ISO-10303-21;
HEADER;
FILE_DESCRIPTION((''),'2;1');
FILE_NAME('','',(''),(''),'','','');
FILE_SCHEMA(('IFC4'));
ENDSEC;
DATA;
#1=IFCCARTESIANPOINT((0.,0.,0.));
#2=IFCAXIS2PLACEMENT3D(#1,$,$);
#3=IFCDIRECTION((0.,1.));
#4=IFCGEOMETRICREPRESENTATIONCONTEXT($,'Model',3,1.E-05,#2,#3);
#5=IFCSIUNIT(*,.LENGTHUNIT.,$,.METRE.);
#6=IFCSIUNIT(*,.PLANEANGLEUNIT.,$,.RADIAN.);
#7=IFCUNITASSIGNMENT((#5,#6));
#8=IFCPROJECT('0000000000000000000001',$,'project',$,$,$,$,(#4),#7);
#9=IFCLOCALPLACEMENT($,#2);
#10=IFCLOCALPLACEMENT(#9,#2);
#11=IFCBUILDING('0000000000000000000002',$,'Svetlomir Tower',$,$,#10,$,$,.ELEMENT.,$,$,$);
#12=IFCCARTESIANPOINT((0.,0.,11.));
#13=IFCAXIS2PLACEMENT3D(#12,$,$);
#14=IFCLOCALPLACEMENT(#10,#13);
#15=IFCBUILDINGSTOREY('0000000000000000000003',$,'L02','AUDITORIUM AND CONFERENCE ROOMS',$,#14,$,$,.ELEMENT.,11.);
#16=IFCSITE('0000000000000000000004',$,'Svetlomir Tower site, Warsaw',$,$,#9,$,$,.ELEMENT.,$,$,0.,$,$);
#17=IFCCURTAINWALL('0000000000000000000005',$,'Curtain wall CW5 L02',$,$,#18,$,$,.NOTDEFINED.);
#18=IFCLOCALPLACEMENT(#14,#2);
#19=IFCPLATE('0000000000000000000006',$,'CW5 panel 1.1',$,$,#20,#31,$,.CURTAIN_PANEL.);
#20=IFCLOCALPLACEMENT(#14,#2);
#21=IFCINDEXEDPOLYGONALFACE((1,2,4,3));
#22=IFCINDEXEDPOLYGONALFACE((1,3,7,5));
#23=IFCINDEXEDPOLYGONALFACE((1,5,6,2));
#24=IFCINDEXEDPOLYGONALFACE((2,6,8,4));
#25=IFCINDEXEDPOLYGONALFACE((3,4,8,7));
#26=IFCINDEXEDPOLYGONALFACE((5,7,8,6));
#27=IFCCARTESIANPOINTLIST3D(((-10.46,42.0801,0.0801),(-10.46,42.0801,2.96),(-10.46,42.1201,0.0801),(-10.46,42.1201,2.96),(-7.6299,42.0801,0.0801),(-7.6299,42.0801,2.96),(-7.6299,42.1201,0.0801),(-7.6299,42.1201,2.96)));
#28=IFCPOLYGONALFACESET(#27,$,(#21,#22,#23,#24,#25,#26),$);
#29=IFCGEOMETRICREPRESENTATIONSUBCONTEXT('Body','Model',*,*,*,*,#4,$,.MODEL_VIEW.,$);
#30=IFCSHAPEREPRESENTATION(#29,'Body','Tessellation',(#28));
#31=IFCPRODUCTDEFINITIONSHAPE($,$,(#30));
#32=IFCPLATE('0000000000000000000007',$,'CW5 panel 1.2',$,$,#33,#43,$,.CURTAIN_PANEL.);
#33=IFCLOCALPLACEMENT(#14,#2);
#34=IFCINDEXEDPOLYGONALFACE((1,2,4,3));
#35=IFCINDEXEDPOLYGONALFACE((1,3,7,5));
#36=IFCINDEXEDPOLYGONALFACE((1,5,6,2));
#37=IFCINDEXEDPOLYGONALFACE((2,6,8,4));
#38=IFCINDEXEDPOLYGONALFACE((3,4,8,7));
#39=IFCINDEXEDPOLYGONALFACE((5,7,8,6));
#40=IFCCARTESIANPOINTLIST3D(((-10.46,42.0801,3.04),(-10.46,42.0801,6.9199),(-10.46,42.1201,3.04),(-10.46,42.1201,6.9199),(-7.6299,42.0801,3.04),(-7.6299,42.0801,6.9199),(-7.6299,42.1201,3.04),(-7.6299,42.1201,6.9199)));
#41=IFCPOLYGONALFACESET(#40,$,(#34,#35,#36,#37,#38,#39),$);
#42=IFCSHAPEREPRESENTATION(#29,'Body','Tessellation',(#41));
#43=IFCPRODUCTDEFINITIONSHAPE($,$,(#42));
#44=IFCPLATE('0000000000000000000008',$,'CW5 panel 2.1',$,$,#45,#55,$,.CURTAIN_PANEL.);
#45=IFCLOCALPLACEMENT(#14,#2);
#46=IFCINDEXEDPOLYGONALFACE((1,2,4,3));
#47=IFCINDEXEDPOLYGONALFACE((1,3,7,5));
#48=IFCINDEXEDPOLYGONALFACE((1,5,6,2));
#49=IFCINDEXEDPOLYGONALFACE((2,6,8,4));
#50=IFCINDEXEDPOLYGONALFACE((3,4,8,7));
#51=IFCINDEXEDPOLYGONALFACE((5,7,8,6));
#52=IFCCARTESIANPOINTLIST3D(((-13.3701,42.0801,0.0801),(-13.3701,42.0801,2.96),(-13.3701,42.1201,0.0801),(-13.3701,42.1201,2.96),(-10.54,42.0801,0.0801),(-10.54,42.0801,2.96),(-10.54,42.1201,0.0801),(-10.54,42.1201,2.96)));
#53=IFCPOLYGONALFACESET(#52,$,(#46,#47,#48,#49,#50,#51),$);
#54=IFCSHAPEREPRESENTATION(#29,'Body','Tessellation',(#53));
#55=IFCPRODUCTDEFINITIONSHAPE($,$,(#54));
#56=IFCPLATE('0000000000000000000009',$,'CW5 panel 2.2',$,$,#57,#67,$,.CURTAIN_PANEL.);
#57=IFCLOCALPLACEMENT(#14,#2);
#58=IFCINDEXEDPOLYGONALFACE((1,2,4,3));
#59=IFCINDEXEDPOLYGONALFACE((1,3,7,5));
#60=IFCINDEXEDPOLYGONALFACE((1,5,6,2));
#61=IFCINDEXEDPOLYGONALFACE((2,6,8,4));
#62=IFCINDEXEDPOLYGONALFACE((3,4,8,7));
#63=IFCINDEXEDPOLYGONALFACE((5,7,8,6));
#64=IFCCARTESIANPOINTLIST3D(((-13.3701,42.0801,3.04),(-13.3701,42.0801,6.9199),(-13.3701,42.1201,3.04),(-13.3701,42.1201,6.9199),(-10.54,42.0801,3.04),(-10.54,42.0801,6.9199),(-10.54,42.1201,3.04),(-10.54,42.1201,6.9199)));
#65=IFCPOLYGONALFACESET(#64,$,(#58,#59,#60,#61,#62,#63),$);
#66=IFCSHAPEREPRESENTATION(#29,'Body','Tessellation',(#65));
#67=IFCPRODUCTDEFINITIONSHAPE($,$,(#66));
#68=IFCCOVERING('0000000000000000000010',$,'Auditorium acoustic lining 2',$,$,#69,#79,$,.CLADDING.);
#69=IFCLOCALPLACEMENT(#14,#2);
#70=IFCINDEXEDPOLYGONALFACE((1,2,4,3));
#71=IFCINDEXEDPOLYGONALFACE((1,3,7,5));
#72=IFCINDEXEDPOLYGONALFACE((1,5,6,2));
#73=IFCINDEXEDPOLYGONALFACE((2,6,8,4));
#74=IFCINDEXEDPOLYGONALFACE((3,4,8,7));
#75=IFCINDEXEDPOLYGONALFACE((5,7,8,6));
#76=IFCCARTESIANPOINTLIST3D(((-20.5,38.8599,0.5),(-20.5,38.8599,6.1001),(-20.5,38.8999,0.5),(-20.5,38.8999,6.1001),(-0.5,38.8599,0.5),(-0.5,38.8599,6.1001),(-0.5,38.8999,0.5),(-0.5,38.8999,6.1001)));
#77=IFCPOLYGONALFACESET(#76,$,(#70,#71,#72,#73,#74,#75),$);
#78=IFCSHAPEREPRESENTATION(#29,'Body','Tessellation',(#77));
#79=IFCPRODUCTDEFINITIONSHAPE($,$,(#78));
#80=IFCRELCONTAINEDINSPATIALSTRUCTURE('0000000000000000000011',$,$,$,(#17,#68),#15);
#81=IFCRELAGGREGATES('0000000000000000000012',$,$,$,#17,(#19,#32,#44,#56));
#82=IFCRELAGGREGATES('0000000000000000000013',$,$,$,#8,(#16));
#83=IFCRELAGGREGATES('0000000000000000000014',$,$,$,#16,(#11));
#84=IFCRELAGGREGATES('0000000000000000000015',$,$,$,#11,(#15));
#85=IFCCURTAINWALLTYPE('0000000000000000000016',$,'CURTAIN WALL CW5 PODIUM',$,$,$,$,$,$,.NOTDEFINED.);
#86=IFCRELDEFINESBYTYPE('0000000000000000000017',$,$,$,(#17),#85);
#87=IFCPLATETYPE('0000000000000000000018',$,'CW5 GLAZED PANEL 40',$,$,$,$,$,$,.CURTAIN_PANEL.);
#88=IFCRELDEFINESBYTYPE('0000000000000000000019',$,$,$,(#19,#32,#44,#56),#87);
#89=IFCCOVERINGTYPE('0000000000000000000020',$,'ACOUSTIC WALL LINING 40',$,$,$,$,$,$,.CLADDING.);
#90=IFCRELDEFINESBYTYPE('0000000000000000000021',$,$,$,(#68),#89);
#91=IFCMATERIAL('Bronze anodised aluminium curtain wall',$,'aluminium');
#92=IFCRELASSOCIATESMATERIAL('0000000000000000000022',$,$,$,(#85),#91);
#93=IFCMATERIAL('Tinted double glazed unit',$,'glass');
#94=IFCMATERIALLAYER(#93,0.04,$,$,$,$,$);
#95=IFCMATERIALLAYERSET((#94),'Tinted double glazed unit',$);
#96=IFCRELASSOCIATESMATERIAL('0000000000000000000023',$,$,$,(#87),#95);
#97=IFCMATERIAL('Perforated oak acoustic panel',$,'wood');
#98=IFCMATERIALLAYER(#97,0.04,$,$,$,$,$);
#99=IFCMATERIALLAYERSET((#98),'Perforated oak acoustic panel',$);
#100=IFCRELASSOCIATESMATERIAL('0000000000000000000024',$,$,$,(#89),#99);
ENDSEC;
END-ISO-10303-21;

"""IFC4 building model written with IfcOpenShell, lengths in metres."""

from ifc_helpers import new_model, si_unit, direction, frame, origin, origin_2d, place, context, subcontext, project, spatial, rectangle, extrude, material, layer, layer_set, type_object, element, aggregate, save


model = new_model("IFC4")

# Units and contexts
model_context = context("Model", 3, precision=1e-05, world=origin(), true_north=direction((0.0, 1.0)))
body_context = subcontext(model_context, "Body", "Model", "MODEL_VIEW")
ifc_project = project(units=[si_unit("LENGTHUNIT", "METRE"), si_unit("PLANEANGLEUNIT", "RADIAN")], contexts=[model_context])

# Site, building, storey
site_placement = place(None, origin())
site = spatial("IfcSite", under=ifc_project, at=site_placement, Name="Svetlomir Tower site, Warsaw", CompositionType="ELEMENT", RefElevation=0.0)
building_placement = place(site_placement, origin())
building = spatial("IfcBuilding", under=site, at=building_placement, Name="Svetlomir Tower", CompositionType="ELEMENT")
storey_placement = place(building_placement, frame((0.0, 0.0, 11.0)))
storey = spatial("IfcBuildingStorey", under=building, at=storey_placement, Name="L02", Description="AUDITORIUM AND CONFERENCE ROOMS", CompositionType="ELEMENT", Elevation=11.0)

# Shared definitions
ifc_material_1 = material(Name="Bronze anodised aluminium curtain wall", Category="aluminium")
curtain_wall_type = type_object("IfcCurtainWallType", Name="CURTAIN WALL CW5 PODIUM", PredefinedType="NOTDEFINED", material=ifc_material_1)

# Curtain wall
curtain_wall_1_placement = place(storey_placement, origin())
curtain_wall_1 = element("IfcCurtainWall", 1, at=curtain_wall_1_placement, inside=storey, type_object=curtain_wall_type, Name="Curtain wall CW5 L02", PredefinedType="NOTDEFINED")

# Plates
ifc_material_2 = material(Name="Tinted double glazed unit", Category="glass")
ifc_layer_1 = layer(ifc_material_2, 0.04)
ifc_layer_set_1 = layer_set([ifc_layer_1], Name="Tinted double glazed unit")
plate_type = type_object("IfcPlateType", Name="CW5 GLAZED PANEL 40", PredefinedType="CURTAIN_PANEL", material=ifc_layer_set_1)
plate_1_placement = place(storey_placement, frame((-9.0449, 42.1001, 0.0801), z_axis=(0.0, 0.0, 1.0), x_axis=(-1.0, 0.0, 0.0)))
plate_1 = element("IfcPlate", 2, at=plate_1_placement, type_object=plate_type, Name="CW5 panel 1.1", PredefinedType="CURTAIN_PANEL", context=body_context, shape_type="SweptSolid", body=[
    extrude(rectangle(XDim=2.8301, YDim=0.04, at=origin_2d()), origin(), (0.0, 0.0, 1.0), 2.8799),
])
plate_2_placement = place(storey_placement, frame((-9.0449, 42.1001, 3.04), z_axis=(0.0, 0.0, 1.0), x_axis=(-1.0, 0.0, 0.0)))
plate_2 = element("IfcPlate", 3, at=plate_2_placement, type_object=plate_type, Name="CW5 panel 1.2", PredefinedType="CURTAIN_PANEL", context=body_context, shape_type="SweptSolid", body=[
    extrude(rectangle(XDim=2.8301, YDim=0.04, at=origin_2d()), origin(), (0.0, 0.0, 1.0), 3.8799),
])
plate_3_placement = place(storey_placement, frame((-11.9551, 42.1001, 0.0801), z_axis=(0.0, 0.0, 1.0), x_axis=(-1.0, 0.0, 0.0)))
plate_3 = element("IfcPlate", 4, at=plate_3_placement, type_object=plate_type, Name="CW5 panel 2.1", PredefinedType="CURTAIN_PANEL", context=body_context, shape_type="SweptSolid", body=[
    extrude(rectangle(XDim=2.8301, YDim=0.04, at=origin_2d()), origin(), (0.0, 0.0, 1.0), 2.8799),
])
plate_4_placement = place(storey_placement, frame((-11.9551, 42.1001, 3.04), z_axis=(0.0, 0.0, 1.0), x_axis=(-1.0, 0.0, 0.0)))
plate_4 = element("IfcPlate", 5, at=plate_4_placement, type_object=plate_type, Name="CW5 panel 2.2", PredefinedType="CURTAIN_PANEL", context=body_context, shape_type="SweptSolid", body=[
    extrude(rectangle(XDim=2.8301, YDim=0.04, at=origin_2d()), origin(), (0.0, 0.0, 1.0), 3.8799),
])
aggregate(curtain_wall_1, [plate_1, plate_2, plate_3, plate_4])

# Covering
ifc_material_3 = material(Name="Perforated oak acoustic panel", Category="wood")
ifc_layer_2 = layer(ifc_material_3, 0.04)
ifc_layer_set_2 = layer_set([ifc_layer_2], Name="Perforated oak acoustic panel")
covering_type = type_object("IfcCoveringType", Name="ACOUSTIC WALL LINING 40", PredefinedType="CLADDING", material=ifc_layer_set_2)
covering_placement = place(storey_placement, frame((-10.5, 38.8799, 0.5), z_axis=(0.0, 0.0, 1.0), x_axis=(1.0, 0.0, 0.0)))
element("IfcCovering", 6, at=covering_placement, inside=storey, type_object=covering_type, Name="Auditorium acoustic lining 2", PredefinedType="CLADDING", context=body_context, shape_type="SweptSolid", body=[
    extrude(rectangle(XDim=20.0, YDim=0.04, at=origin_2d()), origin(), (0.0, 0.0, 1.0), 5.6001),
])

save(model, "model.ifc")
